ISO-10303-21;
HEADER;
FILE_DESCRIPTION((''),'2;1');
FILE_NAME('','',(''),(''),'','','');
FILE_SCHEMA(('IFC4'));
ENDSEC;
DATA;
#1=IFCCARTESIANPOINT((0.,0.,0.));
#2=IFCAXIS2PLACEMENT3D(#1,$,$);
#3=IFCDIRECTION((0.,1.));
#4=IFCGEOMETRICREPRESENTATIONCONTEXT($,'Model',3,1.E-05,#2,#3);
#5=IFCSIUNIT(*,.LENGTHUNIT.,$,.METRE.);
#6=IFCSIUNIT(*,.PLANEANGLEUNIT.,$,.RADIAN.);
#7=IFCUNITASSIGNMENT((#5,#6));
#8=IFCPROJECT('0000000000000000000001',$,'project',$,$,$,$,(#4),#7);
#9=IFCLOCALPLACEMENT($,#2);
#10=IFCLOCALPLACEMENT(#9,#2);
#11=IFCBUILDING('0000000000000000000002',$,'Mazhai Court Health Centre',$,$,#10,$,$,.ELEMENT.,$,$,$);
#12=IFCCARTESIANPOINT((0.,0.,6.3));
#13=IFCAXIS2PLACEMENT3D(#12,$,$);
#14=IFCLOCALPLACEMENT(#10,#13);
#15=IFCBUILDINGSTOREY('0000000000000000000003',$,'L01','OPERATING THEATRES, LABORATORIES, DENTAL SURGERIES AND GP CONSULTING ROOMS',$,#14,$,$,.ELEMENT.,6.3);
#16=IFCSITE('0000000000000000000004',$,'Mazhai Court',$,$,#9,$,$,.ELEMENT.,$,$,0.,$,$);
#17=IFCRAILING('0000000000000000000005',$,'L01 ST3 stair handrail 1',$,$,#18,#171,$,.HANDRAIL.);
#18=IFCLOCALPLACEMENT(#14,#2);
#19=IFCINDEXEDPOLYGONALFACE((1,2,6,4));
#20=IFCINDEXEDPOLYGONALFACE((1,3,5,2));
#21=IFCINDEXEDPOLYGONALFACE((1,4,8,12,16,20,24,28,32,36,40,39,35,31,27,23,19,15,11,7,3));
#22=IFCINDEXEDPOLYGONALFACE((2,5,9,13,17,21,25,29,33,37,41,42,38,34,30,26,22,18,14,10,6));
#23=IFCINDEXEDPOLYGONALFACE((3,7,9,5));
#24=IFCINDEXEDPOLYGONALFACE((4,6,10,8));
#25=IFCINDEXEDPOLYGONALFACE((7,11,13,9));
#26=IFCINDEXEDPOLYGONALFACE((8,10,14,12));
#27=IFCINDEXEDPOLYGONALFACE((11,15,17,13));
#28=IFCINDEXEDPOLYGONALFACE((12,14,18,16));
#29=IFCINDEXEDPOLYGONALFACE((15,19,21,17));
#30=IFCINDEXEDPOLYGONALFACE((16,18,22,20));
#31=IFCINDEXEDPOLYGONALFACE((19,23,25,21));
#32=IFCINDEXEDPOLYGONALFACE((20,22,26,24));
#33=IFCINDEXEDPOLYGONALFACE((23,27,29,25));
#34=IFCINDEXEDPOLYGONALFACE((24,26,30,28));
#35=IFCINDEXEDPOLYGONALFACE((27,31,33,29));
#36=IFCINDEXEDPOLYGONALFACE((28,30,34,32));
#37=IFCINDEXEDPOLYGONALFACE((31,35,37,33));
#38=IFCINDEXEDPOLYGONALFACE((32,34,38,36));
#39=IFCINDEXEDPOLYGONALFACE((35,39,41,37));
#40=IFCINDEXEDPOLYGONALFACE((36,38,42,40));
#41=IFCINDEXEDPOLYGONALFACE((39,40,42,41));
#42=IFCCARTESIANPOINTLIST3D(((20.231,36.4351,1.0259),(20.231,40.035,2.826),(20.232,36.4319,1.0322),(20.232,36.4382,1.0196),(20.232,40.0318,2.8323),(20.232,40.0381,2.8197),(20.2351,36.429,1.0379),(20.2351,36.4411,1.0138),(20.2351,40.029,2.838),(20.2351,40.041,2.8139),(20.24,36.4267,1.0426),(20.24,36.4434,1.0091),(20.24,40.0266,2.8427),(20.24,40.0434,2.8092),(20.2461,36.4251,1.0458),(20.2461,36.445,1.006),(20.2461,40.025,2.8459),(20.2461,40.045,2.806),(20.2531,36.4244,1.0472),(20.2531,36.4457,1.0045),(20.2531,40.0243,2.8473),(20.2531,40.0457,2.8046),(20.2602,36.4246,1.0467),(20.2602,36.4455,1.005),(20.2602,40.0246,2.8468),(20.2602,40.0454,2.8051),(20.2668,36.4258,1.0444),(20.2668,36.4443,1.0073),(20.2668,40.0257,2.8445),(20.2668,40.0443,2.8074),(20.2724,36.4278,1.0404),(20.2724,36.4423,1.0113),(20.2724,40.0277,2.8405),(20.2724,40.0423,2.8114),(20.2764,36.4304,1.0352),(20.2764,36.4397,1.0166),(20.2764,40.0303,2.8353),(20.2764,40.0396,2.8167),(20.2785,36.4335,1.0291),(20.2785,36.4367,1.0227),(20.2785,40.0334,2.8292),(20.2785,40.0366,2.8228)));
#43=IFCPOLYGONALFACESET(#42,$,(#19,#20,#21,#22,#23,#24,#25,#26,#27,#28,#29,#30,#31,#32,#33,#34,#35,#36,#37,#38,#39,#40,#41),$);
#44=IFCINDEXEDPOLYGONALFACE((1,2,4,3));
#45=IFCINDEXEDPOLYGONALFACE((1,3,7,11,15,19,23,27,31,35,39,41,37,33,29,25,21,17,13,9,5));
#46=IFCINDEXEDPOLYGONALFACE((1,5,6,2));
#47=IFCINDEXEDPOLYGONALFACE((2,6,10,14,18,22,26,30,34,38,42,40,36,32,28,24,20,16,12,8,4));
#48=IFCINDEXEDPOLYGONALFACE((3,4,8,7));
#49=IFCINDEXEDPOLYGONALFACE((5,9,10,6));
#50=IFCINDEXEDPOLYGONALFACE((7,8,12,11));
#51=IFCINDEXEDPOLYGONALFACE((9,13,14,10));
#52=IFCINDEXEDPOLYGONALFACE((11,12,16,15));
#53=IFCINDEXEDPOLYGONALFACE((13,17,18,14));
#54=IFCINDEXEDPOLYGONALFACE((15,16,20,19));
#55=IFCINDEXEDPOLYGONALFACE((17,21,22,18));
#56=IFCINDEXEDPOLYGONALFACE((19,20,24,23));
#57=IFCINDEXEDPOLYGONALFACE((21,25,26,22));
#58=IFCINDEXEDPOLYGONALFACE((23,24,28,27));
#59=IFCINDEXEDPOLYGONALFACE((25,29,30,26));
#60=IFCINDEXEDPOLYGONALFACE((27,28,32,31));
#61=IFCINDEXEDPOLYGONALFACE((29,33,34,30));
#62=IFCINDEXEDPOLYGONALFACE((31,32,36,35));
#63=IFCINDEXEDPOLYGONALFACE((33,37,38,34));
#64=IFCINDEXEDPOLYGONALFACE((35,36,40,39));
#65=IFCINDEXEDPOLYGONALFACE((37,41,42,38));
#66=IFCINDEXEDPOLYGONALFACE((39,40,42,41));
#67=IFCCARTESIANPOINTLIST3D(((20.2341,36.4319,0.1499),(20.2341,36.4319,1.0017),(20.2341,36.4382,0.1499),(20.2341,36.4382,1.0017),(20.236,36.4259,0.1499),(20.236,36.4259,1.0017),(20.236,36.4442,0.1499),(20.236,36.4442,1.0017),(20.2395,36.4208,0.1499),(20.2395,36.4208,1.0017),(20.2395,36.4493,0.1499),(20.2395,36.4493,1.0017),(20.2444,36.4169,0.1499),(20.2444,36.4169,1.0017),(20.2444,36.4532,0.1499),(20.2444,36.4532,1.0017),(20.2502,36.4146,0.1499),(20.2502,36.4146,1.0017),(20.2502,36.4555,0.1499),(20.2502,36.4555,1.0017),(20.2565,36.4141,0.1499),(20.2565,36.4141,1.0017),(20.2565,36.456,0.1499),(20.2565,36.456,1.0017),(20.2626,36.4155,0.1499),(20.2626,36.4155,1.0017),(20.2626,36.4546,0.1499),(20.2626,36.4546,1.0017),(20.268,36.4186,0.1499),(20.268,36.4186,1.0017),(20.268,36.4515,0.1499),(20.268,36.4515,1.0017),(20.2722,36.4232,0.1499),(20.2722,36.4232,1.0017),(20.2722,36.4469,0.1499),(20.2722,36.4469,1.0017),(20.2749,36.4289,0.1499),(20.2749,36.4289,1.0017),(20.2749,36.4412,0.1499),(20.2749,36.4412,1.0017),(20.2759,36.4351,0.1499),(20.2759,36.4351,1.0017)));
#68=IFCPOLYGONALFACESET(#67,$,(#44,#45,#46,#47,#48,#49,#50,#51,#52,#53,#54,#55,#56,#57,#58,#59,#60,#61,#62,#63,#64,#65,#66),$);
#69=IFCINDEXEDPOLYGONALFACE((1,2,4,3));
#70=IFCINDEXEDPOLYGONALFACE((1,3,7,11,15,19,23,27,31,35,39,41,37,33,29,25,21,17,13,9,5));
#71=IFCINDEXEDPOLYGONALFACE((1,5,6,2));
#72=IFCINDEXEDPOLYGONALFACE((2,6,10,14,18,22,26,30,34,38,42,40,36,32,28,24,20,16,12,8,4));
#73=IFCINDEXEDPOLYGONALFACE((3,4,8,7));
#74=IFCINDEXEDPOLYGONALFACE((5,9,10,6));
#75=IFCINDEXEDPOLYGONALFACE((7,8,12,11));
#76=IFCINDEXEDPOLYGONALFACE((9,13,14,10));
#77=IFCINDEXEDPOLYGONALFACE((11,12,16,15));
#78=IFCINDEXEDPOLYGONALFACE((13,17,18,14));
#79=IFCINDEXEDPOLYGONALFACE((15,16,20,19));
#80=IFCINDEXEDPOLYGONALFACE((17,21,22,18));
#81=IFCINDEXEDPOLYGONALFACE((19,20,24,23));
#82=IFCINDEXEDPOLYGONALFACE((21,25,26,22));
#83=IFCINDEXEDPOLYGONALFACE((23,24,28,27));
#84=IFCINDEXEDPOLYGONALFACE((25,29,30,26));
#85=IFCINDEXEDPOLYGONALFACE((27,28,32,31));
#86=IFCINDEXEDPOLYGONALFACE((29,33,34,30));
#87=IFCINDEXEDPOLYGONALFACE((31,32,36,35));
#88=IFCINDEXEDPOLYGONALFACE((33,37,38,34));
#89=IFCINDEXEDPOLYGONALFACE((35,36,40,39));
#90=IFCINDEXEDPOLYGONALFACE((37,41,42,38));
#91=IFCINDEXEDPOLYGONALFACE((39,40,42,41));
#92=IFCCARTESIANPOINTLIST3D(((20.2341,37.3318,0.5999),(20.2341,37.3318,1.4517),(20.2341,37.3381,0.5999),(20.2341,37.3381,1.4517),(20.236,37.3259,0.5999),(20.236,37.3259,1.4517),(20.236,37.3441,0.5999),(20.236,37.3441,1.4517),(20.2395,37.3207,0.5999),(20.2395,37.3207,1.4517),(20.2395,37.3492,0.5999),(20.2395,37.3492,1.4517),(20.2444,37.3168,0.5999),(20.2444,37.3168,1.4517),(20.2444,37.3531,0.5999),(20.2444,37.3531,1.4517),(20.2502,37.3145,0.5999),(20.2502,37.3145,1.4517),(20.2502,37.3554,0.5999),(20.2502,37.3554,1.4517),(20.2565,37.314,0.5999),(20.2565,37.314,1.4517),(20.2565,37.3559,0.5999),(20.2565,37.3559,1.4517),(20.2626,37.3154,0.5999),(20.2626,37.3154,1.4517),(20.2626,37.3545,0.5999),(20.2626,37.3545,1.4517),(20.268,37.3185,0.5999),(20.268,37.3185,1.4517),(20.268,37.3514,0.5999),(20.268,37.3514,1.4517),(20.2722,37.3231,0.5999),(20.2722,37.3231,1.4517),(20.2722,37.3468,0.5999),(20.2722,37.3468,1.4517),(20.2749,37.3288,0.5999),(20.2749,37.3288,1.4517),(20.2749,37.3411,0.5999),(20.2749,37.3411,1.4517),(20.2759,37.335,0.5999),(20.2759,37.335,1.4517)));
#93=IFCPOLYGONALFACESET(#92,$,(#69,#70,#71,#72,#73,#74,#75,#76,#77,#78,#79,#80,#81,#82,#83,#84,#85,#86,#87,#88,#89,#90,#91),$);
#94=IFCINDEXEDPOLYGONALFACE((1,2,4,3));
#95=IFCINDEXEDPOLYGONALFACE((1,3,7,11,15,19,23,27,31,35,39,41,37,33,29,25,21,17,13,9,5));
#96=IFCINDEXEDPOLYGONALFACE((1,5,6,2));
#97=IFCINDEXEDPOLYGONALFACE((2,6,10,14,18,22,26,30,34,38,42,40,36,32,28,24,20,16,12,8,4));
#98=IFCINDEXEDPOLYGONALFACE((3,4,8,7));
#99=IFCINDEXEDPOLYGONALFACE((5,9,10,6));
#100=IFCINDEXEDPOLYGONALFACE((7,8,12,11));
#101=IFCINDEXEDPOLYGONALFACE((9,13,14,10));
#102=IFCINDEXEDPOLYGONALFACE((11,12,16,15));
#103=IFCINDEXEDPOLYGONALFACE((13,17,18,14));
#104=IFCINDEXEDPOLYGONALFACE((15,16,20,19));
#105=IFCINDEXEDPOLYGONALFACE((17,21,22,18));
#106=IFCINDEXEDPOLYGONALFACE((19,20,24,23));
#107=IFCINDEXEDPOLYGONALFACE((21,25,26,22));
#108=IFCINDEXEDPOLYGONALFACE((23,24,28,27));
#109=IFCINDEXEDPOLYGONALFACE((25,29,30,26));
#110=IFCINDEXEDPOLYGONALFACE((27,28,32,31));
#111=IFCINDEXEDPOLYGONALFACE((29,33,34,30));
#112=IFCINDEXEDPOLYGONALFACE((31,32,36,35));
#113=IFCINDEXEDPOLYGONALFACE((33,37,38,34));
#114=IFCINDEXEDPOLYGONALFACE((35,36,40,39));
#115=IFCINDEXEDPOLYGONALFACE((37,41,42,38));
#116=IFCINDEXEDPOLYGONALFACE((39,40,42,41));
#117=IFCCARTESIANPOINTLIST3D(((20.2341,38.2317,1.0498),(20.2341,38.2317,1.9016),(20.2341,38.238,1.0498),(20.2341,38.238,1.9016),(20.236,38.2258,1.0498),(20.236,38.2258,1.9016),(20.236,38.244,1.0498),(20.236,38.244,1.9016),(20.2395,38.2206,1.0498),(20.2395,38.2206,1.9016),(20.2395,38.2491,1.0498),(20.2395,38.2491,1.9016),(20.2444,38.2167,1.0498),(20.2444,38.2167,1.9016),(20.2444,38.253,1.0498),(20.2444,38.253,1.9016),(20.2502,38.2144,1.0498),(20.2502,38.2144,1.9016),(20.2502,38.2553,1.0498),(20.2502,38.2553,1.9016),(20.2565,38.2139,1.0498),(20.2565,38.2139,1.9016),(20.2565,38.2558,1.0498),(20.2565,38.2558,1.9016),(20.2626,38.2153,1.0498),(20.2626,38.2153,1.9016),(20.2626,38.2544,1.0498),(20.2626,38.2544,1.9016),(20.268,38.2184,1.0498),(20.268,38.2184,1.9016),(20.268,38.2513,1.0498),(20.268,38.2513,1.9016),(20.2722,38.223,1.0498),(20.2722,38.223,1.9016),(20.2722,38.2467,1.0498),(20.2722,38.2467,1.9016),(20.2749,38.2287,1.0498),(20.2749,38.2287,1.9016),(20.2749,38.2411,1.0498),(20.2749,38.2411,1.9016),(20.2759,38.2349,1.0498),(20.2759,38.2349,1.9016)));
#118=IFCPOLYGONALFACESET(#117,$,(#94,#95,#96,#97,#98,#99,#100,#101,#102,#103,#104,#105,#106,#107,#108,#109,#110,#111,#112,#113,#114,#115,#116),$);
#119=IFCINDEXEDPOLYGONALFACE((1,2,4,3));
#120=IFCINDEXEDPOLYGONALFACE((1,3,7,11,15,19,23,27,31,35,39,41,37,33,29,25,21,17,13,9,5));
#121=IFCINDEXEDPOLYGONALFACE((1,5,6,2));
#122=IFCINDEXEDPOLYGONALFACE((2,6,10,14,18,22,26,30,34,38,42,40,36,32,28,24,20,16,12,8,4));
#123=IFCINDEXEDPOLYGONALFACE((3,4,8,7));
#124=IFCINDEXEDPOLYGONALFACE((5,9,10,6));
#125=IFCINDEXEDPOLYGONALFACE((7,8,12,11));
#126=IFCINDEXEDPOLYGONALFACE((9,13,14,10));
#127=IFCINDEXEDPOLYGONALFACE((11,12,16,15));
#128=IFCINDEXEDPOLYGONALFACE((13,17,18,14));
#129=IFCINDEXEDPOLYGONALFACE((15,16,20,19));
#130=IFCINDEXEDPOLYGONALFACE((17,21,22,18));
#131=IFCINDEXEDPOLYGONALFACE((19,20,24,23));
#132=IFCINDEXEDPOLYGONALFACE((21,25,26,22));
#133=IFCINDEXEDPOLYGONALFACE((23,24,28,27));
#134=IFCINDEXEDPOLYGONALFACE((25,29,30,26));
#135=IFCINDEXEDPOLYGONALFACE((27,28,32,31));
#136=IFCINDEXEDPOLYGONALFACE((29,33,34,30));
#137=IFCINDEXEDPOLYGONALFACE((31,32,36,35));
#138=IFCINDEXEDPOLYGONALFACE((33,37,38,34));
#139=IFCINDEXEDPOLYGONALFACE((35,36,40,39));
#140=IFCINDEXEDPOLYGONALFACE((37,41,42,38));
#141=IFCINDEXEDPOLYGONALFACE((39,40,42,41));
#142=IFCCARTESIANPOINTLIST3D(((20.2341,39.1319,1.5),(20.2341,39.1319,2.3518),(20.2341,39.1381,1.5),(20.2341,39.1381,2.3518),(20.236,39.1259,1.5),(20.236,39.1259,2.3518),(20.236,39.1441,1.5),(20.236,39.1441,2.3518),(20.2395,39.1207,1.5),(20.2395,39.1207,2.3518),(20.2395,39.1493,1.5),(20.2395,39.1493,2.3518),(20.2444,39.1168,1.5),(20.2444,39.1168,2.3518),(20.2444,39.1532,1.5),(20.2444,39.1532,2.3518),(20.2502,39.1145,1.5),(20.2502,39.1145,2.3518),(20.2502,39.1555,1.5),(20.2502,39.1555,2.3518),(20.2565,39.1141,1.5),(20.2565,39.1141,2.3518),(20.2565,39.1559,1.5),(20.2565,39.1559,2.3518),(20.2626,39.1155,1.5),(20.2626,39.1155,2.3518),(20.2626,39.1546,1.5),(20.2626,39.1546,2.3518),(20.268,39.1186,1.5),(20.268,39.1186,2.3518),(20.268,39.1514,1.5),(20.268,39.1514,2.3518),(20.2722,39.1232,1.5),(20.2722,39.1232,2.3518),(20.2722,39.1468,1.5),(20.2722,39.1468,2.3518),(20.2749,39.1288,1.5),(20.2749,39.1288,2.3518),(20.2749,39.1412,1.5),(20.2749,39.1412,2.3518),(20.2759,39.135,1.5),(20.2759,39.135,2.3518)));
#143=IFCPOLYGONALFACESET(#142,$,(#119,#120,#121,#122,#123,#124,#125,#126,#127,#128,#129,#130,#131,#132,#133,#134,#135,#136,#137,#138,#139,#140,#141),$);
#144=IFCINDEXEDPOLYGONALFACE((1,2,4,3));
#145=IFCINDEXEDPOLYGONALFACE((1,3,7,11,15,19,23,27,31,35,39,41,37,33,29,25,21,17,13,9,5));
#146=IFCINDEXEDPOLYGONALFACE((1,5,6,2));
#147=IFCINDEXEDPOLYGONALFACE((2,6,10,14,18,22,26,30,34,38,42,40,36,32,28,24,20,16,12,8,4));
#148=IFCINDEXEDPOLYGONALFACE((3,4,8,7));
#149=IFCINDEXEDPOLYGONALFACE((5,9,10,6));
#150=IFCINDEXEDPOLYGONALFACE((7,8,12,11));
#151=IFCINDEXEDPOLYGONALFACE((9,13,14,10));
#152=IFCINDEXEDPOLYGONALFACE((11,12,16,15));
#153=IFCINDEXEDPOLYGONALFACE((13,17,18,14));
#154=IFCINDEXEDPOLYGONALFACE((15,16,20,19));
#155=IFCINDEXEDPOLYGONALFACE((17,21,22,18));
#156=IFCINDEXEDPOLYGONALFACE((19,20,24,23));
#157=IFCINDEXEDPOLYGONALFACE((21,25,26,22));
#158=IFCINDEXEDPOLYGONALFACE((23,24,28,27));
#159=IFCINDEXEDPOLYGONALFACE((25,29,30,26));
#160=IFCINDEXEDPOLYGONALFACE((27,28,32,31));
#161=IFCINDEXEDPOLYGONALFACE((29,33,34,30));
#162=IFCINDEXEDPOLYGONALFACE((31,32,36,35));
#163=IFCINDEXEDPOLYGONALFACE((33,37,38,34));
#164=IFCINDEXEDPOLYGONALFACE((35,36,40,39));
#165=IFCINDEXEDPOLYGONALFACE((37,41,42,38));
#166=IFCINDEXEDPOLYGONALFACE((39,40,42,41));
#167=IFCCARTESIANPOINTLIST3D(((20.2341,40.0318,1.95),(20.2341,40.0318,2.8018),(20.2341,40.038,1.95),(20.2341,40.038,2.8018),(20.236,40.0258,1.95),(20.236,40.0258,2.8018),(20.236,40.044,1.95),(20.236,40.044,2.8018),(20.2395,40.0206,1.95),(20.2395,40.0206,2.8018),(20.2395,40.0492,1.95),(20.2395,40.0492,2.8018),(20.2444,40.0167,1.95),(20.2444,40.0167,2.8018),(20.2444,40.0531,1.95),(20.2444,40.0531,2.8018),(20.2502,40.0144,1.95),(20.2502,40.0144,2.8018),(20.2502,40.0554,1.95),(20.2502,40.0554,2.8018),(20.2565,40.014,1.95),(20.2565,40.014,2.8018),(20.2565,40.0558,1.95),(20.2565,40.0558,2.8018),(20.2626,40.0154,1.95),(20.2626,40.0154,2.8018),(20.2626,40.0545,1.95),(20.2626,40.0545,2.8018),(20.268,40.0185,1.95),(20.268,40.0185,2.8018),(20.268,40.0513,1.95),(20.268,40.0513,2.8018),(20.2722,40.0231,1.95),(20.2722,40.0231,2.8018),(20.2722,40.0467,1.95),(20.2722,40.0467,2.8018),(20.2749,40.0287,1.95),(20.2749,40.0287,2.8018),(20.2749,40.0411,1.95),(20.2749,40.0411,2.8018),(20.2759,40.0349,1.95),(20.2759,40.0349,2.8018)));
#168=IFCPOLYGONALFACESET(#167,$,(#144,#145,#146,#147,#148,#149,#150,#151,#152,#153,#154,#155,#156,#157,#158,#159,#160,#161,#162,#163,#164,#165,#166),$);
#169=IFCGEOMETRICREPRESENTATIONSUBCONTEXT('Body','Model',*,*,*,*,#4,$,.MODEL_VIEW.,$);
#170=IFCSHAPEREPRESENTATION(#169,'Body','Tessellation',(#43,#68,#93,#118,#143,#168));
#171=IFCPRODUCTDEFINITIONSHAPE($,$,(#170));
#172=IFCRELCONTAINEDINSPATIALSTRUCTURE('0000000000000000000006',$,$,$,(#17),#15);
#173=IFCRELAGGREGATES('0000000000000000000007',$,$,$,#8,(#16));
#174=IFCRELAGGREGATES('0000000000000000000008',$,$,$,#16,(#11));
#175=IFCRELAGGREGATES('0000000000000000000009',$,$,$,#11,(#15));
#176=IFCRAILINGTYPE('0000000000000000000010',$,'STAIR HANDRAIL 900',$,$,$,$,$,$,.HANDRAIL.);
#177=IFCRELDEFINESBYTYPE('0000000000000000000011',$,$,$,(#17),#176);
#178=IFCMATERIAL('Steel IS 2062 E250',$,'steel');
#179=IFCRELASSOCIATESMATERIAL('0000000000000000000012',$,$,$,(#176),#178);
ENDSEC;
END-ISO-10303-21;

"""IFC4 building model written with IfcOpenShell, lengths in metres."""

from ifc_helpers import new_model, si_unit, direction, frame, origin, origin_2d, place, context, subcontext, project, spatial, circle, extrude, material, type_object, element, save


model = new_model("IFC4")

# Units and contexts
model_context = context("Model", 3, precision=1e-05, world=origin(), true_north=direction((0.0, 1.0)))
body_context = subcontext(model_context, "Body", "Model", "MODEL_VIEW")
ifc_project = project(units=[si_unit("LENGTHUNIT", "METRE"), si_unit("PLANEANGLEUNIT", "RADIAN")], contexts=[model_context])

# Site, building, storey
site_placement = place(None, origin())
site = spatial("IfcSite", under=ifc_project, at=site_placement, Name="Mazhai Court", CompositionType="ELEMENT", RefElevation=0.0)
building_placement = place(site_placement, origin())
building = spatial("IfcBuilding", under=site, at=building_placement, Name="Mazhai Court Health Centre", CompositionType="ELEMENT")
storey_placement = place(building_placement, frame((0.0, 0.0, 6.3)))
storey = spatial("IfcBuildingStorey", under=building, at=storey_placement, Name="L01", Description="OPERATING THEATRES, LABORATORIES, DENTAL SURGERIES AND GP CONSULTING ROOMS", CompositionType="ELEMENT", Elevation=6.3)

# Railing
ifc_material_1 = material(Name="Steel IS 2062 E250", Category="steel")
railing_type_1 = type_object("IfcRailingType", Name="STAIR HANDRAIL 900", PredefinedType="HANDRAIL", material=ifc_material_1)
railing_1_placement = place(storey_placement, frame((20.2549, 36.4351, 0.1499)))
element("IfcRailing", 1, at=railing_1_placement, inside=storey, type_object=railing_type_1, Name="L01 ST3 stair handrail 1", PredefinedType="HANDRAIL", context=body_context, shape_type="SweptSolid", body=[
    extrude(circle(Radius=0.0239, at=origin_2d()), frame((0.0, 0.0, 0.876), z_axis=(0.0, 0.894415, 0.447238), x_axis=(-1.0, 0.0, 0.0)), (0.0, 0.0, 1.0), 4.0249),
    extrude(circle(Radius=0.021, at=origin_2d()), origin(), (0.0, 0.0, 1.0), 0.8518),
    extrude(circle(Radius=0.021, at=origin_2d()), frame((0.0, 0.8999, 0.45)), (0.0, 0.0, 1.0), 0.8518),
    extrude(circle(Radius=0.021, at=origin_2d()), frame((0.0, 1.7998, 0.8999)), (0.0, 0.0, 1.0), 0.8518),
    extrude(circle(Radius=0.021, at=origin_2d()), frame((0.0, 2.7, 1.3501)), (0.0, 0.0, 1.0), 0.8518),
    extrude(circle(Radius=0.021, at=origin_2d()), frame((0.0, 3.5999, 1.8)), (0.0, 0.0, 1.0), 0.8518),
])

save(model, "model.ifc")
